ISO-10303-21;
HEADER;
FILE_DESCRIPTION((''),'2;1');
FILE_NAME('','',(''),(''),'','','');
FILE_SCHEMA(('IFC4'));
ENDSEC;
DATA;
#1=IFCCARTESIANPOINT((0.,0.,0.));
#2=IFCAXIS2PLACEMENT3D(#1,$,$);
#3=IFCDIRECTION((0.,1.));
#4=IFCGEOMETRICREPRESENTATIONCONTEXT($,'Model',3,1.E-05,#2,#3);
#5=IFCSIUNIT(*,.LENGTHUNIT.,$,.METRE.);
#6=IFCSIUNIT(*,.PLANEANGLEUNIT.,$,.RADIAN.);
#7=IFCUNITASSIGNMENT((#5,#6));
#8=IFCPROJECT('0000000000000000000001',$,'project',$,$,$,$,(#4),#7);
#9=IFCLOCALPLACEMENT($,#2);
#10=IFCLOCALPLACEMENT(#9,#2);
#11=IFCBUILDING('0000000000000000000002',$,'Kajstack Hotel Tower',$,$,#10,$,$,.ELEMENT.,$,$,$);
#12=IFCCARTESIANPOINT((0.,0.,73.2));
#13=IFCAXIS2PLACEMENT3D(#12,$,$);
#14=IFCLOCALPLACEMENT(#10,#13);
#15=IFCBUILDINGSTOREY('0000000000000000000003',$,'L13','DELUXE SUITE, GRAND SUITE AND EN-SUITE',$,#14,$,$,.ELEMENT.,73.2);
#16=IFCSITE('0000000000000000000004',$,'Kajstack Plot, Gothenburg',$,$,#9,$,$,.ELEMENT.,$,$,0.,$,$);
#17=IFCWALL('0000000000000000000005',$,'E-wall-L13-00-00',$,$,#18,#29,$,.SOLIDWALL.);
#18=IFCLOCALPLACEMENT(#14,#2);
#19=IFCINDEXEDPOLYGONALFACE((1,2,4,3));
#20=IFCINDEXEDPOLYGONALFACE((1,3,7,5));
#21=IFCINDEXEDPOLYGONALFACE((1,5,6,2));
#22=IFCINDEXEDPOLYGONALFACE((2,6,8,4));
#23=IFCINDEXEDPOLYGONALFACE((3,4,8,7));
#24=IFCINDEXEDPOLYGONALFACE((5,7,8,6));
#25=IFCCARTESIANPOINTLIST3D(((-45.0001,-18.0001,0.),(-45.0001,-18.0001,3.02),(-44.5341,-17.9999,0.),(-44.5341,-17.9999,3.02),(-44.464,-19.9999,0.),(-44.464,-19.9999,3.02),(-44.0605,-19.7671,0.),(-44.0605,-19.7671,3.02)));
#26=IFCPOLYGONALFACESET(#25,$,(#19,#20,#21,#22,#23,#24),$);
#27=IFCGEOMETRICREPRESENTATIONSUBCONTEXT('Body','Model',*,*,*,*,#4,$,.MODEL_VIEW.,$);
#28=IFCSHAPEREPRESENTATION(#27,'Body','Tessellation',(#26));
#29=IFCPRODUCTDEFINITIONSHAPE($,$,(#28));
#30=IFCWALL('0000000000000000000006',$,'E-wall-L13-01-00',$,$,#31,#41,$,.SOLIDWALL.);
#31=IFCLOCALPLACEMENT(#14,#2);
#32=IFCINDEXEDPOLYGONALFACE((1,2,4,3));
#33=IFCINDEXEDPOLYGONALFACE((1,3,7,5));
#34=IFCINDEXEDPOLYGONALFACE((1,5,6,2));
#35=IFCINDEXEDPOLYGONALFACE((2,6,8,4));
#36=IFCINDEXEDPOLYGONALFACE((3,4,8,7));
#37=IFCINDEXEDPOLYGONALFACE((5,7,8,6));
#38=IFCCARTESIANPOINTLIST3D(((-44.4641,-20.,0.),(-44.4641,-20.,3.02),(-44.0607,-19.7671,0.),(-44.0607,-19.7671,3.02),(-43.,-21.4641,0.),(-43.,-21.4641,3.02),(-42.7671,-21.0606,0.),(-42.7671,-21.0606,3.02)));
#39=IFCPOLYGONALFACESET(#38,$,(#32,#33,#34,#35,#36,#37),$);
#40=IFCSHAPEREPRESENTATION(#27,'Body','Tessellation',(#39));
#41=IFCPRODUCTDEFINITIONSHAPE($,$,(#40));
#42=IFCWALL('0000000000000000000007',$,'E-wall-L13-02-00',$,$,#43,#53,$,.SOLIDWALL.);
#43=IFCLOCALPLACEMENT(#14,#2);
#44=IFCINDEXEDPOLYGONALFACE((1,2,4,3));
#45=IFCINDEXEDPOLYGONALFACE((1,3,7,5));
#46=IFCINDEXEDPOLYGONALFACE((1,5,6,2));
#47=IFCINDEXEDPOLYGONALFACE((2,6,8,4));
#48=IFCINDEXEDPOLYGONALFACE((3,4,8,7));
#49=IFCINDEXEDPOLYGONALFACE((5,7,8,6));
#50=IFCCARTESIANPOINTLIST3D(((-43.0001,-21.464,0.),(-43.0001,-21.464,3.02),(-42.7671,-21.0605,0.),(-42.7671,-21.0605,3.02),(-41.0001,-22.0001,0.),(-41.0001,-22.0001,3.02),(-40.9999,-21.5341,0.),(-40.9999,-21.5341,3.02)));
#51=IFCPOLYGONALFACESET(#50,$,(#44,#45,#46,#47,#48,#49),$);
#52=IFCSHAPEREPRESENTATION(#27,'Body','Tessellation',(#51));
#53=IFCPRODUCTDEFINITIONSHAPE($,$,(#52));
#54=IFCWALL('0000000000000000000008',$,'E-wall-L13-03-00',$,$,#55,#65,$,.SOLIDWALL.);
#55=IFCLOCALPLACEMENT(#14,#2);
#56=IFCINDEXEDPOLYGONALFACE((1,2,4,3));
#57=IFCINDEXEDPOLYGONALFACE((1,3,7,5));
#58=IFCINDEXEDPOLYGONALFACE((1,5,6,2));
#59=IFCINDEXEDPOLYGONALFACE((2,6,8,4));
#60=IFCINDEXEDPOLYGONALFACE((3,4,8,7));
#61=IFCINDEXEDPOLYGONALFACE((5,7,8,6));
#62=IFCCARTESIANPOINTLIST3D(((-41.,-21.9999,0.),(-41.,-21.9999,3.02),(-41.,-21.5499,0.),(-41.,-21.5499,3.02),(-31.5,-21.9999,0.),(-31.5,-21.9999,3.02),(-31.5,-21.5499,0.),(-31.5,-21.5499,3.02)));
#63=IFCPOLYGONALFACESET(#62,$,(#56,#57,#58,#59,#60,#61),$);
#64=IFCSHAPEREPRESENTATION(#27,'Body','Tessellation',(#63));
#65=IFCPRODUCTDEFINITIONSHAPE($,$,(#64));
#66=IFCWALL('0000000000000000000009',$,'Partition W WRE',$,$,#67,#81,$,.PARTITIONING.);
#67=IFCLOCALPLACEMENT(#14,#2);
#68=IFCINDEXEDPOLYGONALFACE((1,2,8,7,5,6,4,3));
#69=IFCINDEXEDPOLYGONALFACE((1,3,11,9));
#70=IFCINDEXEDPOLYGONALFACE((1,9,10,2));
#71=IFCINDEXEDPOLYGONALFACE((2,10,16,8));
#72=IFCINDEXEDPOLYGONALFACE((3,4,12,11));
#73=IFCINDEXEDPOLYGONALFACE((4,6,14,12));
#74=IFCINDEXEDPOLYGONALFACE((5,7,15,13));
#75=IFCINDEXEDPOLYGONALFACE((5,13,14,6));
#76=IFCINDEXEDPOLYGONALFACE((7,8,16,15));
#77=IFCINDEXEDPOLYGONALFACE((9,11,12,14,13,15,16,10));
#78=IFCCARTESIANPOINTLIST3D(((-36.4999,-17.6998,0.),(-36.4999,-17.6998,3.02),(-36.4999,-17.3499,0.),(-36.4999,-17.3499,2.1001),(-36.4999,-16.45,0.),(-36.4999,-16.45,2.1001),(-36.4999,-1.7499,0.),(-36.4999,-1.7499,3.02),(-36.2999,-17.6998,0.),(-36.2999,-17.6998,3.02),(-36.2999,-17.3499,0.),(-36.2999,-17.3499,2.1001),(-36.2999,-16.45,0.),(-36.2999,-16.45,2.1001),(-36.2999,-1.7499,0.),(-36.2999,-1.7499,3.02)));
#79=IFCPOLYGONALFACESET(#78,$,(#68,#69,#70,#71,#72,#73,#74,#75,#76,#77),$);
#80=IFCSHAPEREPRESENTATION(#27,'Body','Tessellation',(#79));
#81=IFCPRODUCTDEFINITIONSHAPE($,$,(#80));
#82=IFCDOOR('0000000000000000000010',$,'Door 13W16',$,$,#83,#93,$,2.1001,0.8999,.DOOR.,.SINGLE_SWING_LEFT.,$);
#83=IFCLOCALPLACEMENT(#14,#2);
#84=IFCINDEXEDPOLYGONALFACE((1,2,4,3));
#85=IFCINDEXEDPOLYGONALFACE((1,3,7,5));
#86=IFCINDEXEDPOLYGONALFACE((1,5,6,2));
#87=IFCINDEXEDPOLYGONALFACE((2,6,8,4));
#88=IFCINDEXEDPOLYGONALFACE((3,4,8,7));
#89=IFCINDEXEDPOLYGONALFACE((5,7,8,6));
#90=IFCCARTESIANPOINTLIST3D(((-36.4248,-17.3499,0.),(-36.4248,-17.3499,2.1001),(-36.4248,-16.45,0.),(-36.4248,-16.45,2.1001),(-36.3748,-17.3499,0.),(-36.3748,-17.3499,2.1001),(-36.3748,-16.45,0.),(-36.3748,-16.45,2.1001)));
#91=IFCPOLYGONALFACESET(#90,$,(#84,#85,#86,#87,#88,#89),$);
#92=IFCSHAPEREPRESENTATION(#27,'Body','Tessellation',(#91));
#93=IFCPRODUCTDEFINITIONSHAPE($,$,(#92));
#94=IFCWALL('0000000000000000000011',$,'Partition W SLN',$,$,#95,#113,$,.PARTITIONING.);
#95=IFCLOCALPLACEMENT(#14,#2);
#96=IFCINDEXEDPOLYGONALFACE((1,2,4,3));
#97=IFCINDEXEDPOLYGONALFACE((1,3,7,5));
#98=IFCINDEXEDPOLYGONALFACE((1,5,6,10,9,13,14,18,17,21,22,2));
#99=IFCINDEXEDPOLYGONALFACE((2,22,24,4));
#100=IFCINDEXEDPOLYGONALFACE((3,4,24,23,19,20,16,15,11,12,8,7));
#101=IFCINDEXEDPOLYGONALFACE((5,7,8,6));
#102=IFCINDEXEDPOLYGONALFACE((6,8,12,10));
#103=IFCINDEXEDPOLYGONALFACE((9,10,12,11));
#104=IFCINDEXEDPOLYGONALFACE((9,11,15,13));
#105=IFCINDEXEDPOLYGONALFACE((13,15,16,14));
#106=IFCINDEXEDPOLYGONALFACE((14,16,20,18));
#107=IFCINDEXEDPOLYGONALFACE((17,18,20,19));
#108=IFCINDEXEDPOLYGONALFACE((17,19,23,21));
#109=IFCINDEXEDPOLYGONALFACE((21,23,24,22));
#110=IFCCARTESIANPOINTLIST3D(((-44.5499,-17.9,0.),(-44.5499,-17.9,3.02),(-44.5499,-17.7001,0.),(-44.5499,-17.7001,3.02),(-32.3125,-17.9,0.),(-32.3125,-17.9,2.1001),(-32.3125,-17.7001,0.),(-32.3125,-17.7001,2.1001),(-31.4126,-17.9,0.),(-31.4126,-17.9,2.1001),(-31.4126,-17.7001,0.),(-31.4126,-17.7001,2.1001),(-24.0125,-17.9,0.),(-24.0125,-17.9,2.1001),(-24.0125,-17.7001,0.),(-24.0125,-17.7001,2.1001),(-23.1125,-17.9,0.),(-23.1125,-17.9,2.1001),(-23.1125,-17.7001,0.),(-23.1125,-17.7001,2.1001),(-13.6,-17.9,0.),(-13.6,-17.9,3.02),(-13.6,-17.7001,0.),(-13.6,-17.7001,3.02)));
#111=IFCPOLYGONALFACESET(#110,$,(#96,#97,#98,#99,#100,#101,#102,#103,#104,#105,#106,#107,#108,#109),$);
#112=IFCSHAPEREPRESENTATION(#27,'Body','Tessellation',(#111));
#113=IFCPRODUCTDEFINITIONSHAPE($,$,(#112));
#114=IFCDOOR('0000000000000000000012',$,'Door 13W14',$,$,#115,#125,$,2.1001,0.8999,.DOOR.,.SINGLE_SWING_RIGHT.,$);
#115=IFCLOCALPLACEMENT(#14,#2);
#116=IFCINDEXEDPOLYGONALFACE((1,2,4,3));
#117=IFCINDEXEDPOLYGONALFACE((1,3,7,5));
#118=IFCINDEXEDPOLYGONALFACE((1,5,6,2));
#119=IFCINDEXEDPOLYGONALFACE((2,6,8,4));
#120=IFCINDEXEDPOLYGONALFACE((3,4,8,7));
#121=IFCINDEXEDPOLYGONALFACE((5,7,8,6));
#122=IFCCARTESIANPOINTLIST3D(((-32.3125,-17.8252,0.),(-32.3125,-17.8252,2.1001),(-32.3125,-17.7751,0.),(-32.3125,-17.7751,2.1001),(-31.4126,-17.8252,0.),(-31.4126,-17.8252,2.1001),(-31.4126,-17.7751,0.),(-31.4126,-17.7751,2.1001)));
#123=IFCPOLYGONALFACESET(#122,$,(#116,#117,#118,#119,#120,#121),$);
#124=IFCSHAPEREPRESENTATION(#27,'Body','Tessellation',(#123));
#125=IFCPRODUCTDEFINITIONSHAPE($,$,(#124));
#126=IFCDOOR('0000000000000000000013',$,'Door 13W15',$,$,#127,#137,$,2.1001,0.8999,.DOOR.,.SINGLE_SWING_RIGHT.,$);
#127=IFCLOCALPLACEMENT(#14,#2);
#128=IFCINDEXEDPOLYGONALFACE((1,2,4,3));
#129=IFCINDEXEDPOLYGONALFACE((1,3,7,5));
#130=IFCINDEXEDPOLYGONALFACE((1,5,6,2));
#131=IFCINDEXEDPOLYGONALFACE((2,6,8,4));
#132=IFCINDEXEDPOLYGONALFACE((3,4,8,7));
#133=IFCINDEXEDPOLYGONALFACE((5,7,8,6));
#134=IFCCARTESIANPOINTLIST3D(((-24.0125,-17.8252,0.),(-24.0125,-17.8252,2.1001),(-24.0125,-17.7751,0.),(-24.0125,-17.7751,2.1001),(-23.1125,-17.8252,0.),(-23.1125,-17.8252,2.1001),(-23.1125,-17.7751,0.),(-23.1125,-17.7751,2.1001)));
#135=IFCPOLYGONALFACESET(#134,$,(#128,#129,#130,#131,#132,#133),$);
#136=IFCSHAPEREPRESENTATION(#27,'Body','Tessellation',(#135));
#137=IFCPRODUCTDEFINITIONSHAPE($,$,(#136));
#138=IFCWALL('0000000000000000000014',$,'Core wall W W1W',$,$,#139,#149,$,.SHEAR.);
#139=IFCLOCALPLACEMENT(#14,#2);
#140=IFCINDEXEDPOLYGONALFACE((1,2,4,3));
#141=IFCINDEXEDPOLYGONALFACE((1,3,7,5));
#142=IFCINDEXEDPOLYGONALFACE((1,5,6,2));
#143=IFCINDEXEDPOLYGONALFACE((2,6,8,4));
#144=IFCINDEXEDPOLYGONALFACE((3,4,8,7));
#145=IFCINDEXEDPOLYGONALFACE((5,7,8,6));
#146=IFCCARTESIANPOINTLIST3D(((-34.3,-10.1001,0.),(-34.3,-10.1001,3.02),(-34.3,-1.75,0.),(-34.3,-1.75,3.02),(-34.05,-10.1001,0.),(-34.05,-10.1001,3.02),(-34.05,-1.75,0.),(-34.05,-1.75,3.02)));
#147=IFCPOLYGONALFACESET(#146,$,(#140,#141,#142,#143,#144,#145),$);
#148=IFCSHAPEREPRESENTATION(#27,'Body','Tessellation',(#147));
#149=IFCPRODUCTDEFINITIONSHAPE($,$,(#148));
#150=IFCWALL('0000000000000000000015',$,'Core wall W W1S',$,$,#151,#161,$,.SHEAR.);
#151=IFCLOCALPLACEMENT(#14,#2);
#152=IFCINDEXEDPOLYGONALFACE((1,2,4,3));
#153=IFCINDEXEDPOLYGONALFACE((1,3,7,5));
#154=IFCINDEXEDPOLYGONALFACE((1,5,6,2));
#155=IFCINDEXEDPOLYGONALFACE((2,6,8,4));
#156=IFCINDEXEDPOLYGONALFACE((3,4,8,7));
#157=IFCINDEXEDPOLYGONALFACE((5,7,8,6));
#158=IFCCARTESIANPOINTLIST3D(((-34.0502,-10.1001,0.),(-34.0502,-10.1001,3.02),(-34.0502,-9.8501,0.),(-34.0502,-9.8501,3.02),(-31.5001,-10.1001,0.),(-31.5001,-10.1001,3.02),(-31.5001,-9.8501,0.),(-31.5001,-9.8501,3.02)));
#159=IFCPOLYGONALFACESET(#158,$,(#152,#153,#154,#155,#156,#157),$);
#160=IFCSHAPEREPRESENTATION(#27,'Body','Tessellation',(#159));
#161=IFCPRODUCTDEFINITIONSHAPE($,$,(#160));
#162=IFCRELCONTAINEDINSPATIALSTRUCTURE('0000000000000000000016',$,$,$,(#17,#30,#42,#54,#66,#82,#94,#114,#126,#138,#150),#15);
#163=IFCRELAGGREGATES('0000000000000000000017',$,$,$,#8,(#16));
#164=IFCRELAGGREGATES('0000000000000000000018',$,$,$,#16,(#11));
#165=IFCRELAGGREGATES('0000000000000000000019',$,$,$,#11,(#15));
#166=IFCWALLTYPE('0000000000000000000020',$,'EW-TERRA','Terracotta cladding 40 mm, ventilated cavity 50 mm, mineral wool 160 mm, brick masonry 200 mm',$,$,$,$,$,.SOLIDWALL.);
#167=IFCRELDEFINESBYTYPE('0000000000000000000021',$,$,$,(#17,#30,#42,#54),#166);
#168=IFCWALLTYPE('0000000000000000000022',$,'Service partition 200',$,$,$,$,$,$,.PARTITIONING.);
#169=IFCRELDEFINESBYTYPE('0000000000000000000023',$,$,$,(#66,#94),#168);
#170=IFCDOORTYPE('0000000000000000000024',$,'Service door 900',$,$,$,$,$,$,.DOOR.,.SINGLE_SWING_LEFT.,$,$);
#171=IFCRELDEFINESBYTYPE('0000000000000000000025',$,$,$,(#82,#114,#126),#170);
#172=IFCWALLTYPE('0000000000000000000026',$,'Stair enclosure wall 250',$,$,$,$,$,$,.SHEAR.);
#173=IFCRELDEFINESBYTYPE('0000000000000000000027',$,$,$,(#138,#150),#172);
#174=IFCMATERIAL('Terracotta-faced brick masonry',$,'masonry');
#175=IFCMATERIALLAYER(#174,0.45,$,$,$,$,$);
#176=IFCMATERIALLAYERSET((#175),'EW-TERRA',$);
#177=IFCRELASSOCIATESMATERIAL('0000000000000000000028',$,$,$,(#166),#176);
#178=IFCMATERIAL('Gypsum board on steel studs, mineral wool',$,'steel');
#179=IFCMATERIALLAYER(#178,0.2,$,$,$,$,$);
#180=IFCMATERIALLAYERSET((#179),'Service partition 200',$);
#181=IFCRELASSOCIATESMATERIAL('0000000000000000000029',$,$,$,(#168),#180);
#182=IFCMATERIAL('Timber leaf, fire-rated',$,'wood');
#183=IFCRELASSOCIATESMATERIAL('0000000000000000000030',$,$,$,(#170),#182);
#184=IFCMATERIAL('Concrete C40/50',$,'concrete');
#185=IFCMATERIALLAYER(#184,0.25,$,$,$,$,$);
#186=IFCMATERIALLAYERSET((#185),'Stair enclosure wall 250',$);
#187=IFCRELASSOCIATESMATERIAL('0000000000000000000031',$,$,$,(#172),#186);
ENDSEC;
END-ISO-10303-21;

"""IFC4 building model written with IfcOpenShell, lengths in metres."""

from ifc_helpers import new_model, si_unit, direction, frame, frame_2d, origin, place, context, subcontext, project, spatial, polyline, rectangle, outline, extrude, material, layer, layer_set, type_object, element, fill, save


model = new_model("IFC4")

# Units and contexts
model_context = context("Model", 3, precision=1e-05, world=origin(), true_north=direction((0.0, 1.0)))
body_context = subcontext(model_context, "Body", "Model", "MODEL_VIEW")
ifc_project = project(units=[si_unit("LENGTHUNIT", "METRE"), si_unit("PLANEANGLEUNIT", "RADIAN")], contexts=[model_context])

# Site, building, storey
site_placement = place(None, origin())
site = spatial("IfcSite", under=ifc_project, at=site_placement, Name="Kajstack Plot, Gothenburg", CompositionType="ELEMENT", RefElevation=0.0)
building_placement = place(site_placement, origin())
building = spatial("IfcBuilding", under=site, at=building_placement, Name="Kajstack Hotel Tower", CompositionType="ELEMENT")
storey_placement = place(building_placement, frame((0.0, 0.0, 73.2)))
storey = spatial("IfcBuildingStorey", under=building, at=storey_placement, Name="L13", Description="DELUXE SUITE, GRAND SUITE AND EN-SUITE", CompositionType="ELEMENT", Elevation=73.2)

# Walls
ifc_material_1 = material(Name="Terracotta-faced brick masonry", Category="masonry")
ifc_layer_1 = layer(ifc_material_1, 0.45)
ifc_layer_set_1 = layer_set([ifc_layer_1], Name="EW-TERRA")
wall_type_1 = type_object("IfcWallType", Name="EW-TERRA", Description="Terracotta cladding 40 mm, ventilated cavity 50 mm, mineral wool 160 mm, brick masonry 200 mm", PredefinedType="SOLIDWALL", material=ifc_layer_set_1)
wall_1_placement = place(storey_placement, frame((-44.7827, -17.9417, 0.0), z_axis=(0.0, 0.0, 1.0), x_axis=(0.258815, -0.965927, 0.0)))
element("IfcWall", 1, at=wall_1_placement, inside=storey, type_object=wall_type_1, Name="E-wall-L13-00-00", PredefinedType="SOLIDWALL", context=body_context, shape_type="SweptSolid", body=[
    extrude(outline(polyline([(0.0002, -0.2251), (2.0706, -0.2249), (1.9502, 0.2251), (0.1206, 0.2251), (0.0002, -0.2251)])), origin(), (0.0, 0.0, 1.0), 3.02),
])
wall_2_placement = place(storey_placement, frame((-44.3049, -19.8408, 0.0), z_axis=(0.0, 0.0, 1.0), x_axis=(0.707107, -0.707107, 0.0)))
element("IfcWall", 2, at=wall_2_placement, inside=storey, type_object=wall_type_1, Name="E-wall-L13-01-00", PredefinedType="SOLIDWALL", context=body_context, shape_type="SweptSolid", body=[
    extrude(outline(polyline([(0.0, -0.2251), (2.0706, -0.2251), (1.95, 0.2249), (0.1206, 0.2249), (0.0, -0.2251)])), origin(), (0.0, 0.0, 1.0), 3.02),
])
wall_3_placement = place(storey_placement, frame((-42.9417, -21.2468, 0.0), z_axis=(0.0, 0.0, 1.0), x_axis=(0.965927, -0.258815, 0.0)))
element("IfcWall", 3, at=wall_3_placement, inside=storey, type_object=wall_type_1, Name="E-wall-L13-02-00", PredefinedType="SOLIDWALL", context=body_context, shape_type="SweptSolid", body=[
    extrude(outline(polyline([(-0.0002, -0.2249), (2.0703, -0.2251), (1.95, 0.2251), (0.1204, 0.2251), (-0.0002, -0.2249)])), origin(), (0.0, 0.0, 1.0), 3.02),
])
wall_4_placement = place(storey_placement, frame((-41.0, -21.7749, 0.0), z_axis=(0.0, 0.0, 1.0), x_axis=(1.0, 0.0, 0.0)))
element("IfcWall", 4, at=wall_4_placement, inside=storey, type_object=wall_type_1, Name="E-wall-L13-03-00", PredefinedType="SOLIDWALL", context=body_context, shape_type="SweptSolid", body=[
    extrude(rectangle(XDim=9.5, YDim=0.45, at=frame_2d((4.75, 0.0))), origin(), (0.0, 0.0, 1.0), 3.02),
])

# Wall, opening, door
ifc_material_2 = material(Name="Gypsum board on steel studs, mineral wool", Category="steel")
ifc_layer_2 = layer(ifc_material_2, 0.2)
ifc_layer_set_2 = layer_set([ifc_layer_2], Name="Service partition 200")
wall_type_2 = type_object("IfcWallType", Name="Service partition 200", PredefinedType="PARTITIONING", material=ifc_layer_set_2)
wall_5_placement = place(storey_placement, frame((-36.3999, -17.7, 0.0), z_axis=(0.0, 0.0, 1.0), x_axis=(0.0, 1.0, 0.0)))
wall_5 = element("IfcWall", 5, at=wall_5_placement, inside=storey, type_object=wall_type_2, Name="Partition W WRE", PredefinedType="PARTITIONING", context=body_context, shape_type="SweptSolid", body=[
    extrude(rectangle(XDim=15.95, YDim=0.2, at=frame_2d((7.9751, 0.0))), origin(), (0.0, 0.0, 1.0), 3.02),
])
opening_1_placement = place(wall_5_placement, frame((0.3501, 0.0, 0.0)))
opening_1 = element("IfcOpeningElement", 6, at=opening_1_placement, cuts=wall_5, PredefinedType="OPENING", context=body_context, shape_type="SweptSolid", body=[
    extrude(rectangle(XDim=0.8999, YDim=2.1001, at=frame_2d((0.45, 1.05))), frame((0.0, 0.1099, 0.0), z_axis=(0.0, -1.0, 0.0), x_axis=(1.0, 0.0, 0.0)), (0.0, 0.0, 1.0), 0.22),
])
ifc_material_3 = material(Name="Timber leaf, fire-rated", Category="wood")
door_type = type_object("IfcDoorType", Name="Service door 900", OperationType="SINGLE_SWING_LEFT", PredefinedType="DOOR", material=ifc_material_3)
door_1_placement = place(opening_1_placement, origin())
door_1 = element("IfcDoor", 7, at=door_1_placement, inside=storey, type_object=door_type, Name="Door 13W16", OperationType="SINGLE_SWING_LEFT", OverallHeight=2.1001, OverallWidth=0.8999, PredefinedType="DOOR", context=body_context, shape_type="SweptSolid", body=[
    extrude(rectangle(XDim=0.8999, YDim=2.1001, at=frame_2d((0.45, 1.05))), frame((0.0, 0.0249, 0.0), z_axis=(0.0, -1.0, 0.0), x_axis=(1.0, 0.0, 0.0)), (0.0, 0.0, 1.0), 0.05),
])
fill(opening_1, door_1)

# Wall, openings, doors
wall_6_placement = place(storey_placement, frame((-44.55, -17.8, 0.0), z_axis=(0.0, 0.0, 1.0), x_axis=(1.0, 0.0, 0.0)))
wall_6 = element("IfcWall", 8, at=wall_6_placement, inside=storey, type_object=wall_type_2, Name="Partition W SLN", PredefinedType="PARTITIONING", context=body_context, shape_type="SweptSolid", body=[
    extrude(rectangle(XDim=30.95, YDim=0.2, at=frame_2d((15.4751, 0.0))), origin(), (0.0, 0.0, 1.0), 3.02),
])
opening_2_placement = place(wall_6_placement, frame((12.2375, 0.0, 0.0)))
opening_2 = element("IfcOpeningElement", 9, at=opening_2_placement, cuts=wall_6, PredefinedType="OPENING", context=body_context, shape_type="SweptSolid", body=[
    extrude(rectangle(XDim=0.8999, YDim=2.1001, at=frame_2d((0.45, 1.05))), frame((0.0, 0.1099, 0.0), z_axis=(0.0, -1.0, 0.0), x_axis=(1.0, 0.0, 0.0)), (0.0, 0.0, 1.0), 0.22),
])
opening_3_placement = place(wall_6_placement, frame((20.5376, 0.0, 0.0)))
opening_3 = element("IfcOpeningElement", 10, at=opening_3_placement, cuts=wall_6, PredefinedType="OPENING", context=body_context, shape_type="SweptSolid", body=[
    extrude(rectangle(XDim=0.8999, YDim=2.1001, at=frame_2d((0.45, 1.05))), frame((0.0, 0.1099, 0.0), z_axis=(0.0, -1.0, 0.0), x_axis=(1.0, 0.0, 0.0)), (0.0, 0.0, 1.0), 0.22),
])
door_2_placement = place(opening_2_placement, origin())
door_2 = element("IfcDoor", 11, at=door_2_placement, inside=storey, type_object=door_type, Name="Door 13W14", OperationType="SINGLE_SWING_RIGHT", OverallHeight=2.1001, OverallWidth=0.8999, PredefinedType="DOOR", context=body_context, shape_type="SweptSolid", body=[
    extrude(rectangle(XDim=0.8999, YDim=2.1001, at=frame_2d((0.45, 1.05))), frame((0.0, 0.0249, 0.0), z_axis=(0.0, -1.0, 0.0), x_axis=(1.0, 0.0, 0.0)), (0.0, 0.0, 1.0), 0.05),
])
fill(opening_2, door_2)
door_3_placement = place(opening_3_placement, origin())
door_3 = element("IfcDoor", 12, at=door_3_placement, inside=storey, type_object=door_type, Name="Door 13W15", OperationType="SINGLE_SWING_RIGHT", OverallHeight=2.1001, OverallWidth=0.8999, PredefinedType="DOOR", context=body_context, shape_type="SweptSolid", body=[
    extrude(rectangle(XDim=0.8999, YDim=2.1001, at=frame_2d((0.45, 1.05))), frame((0.0, 0.0249, 0.0), z_axis=(0.0, -1.0, 0.0), x_axis=(1.0, 0.0, 0.0)), (0.0, 0.0, 1.0), 0.05),
])
fill(opening_3, door_3)

# Walls
ifc_material_4 = material(Name="Concrete C40/50", Category="concrete")
ifc_layer_3 = layer(ifc_material_4, 0.25)
ifc_layer_set_3 = layer_set([ifc_layer_3], Name="Stair enclosure wall 250")
wall_type_3 = type_object("IfcWallType", Name="Stair enclosure wall 250", PredefinedType="SHEAR", material=ifc_layer_set_3)
wall_7_placement = place(storey_placement, frame((-34.175, -10.1001, 0.0), z_axis=(0.0, 0.0, 1.0), x_axis=(0.0, 1.0, 0.0)))
element("IfcWall", 13, at=wall_7_placement, inside=storey, type_object=wall_type_3, Name="Core wall W W1W", PredefinedType="SHEAR", context=body_context, shape_type="SweptSolid", body=[
    extrude(rectangle(XDim=8.3501, YDim=0.25, at=frame_2d((4.175, 0.0))), origin(), (0.0, 0.0, 1.0), 3.02),
])
wall_8_placement = place(storey_placement, frame((-34.05, -9.9751, 0.0), z_axis=(0.0, 0.0, 1.0), x_axis=(1.0, 0.0, 0.0)))
element("IfcWall", 14, at=wall_8_placement, inside=storey, type_object=wall_type_3, Name="Core wall W W1S", PredefinedType="SHEAR", context=body_context, shape_type="SweptSolid", body=[
    extrude(rectangle(XDim=2.55, YDim=0.25, at=frame_2d((1.2749, 0.0))), origin(), (0.0, 0.0, 1.0), 3.02),
])

save(model, "model.ifc")
